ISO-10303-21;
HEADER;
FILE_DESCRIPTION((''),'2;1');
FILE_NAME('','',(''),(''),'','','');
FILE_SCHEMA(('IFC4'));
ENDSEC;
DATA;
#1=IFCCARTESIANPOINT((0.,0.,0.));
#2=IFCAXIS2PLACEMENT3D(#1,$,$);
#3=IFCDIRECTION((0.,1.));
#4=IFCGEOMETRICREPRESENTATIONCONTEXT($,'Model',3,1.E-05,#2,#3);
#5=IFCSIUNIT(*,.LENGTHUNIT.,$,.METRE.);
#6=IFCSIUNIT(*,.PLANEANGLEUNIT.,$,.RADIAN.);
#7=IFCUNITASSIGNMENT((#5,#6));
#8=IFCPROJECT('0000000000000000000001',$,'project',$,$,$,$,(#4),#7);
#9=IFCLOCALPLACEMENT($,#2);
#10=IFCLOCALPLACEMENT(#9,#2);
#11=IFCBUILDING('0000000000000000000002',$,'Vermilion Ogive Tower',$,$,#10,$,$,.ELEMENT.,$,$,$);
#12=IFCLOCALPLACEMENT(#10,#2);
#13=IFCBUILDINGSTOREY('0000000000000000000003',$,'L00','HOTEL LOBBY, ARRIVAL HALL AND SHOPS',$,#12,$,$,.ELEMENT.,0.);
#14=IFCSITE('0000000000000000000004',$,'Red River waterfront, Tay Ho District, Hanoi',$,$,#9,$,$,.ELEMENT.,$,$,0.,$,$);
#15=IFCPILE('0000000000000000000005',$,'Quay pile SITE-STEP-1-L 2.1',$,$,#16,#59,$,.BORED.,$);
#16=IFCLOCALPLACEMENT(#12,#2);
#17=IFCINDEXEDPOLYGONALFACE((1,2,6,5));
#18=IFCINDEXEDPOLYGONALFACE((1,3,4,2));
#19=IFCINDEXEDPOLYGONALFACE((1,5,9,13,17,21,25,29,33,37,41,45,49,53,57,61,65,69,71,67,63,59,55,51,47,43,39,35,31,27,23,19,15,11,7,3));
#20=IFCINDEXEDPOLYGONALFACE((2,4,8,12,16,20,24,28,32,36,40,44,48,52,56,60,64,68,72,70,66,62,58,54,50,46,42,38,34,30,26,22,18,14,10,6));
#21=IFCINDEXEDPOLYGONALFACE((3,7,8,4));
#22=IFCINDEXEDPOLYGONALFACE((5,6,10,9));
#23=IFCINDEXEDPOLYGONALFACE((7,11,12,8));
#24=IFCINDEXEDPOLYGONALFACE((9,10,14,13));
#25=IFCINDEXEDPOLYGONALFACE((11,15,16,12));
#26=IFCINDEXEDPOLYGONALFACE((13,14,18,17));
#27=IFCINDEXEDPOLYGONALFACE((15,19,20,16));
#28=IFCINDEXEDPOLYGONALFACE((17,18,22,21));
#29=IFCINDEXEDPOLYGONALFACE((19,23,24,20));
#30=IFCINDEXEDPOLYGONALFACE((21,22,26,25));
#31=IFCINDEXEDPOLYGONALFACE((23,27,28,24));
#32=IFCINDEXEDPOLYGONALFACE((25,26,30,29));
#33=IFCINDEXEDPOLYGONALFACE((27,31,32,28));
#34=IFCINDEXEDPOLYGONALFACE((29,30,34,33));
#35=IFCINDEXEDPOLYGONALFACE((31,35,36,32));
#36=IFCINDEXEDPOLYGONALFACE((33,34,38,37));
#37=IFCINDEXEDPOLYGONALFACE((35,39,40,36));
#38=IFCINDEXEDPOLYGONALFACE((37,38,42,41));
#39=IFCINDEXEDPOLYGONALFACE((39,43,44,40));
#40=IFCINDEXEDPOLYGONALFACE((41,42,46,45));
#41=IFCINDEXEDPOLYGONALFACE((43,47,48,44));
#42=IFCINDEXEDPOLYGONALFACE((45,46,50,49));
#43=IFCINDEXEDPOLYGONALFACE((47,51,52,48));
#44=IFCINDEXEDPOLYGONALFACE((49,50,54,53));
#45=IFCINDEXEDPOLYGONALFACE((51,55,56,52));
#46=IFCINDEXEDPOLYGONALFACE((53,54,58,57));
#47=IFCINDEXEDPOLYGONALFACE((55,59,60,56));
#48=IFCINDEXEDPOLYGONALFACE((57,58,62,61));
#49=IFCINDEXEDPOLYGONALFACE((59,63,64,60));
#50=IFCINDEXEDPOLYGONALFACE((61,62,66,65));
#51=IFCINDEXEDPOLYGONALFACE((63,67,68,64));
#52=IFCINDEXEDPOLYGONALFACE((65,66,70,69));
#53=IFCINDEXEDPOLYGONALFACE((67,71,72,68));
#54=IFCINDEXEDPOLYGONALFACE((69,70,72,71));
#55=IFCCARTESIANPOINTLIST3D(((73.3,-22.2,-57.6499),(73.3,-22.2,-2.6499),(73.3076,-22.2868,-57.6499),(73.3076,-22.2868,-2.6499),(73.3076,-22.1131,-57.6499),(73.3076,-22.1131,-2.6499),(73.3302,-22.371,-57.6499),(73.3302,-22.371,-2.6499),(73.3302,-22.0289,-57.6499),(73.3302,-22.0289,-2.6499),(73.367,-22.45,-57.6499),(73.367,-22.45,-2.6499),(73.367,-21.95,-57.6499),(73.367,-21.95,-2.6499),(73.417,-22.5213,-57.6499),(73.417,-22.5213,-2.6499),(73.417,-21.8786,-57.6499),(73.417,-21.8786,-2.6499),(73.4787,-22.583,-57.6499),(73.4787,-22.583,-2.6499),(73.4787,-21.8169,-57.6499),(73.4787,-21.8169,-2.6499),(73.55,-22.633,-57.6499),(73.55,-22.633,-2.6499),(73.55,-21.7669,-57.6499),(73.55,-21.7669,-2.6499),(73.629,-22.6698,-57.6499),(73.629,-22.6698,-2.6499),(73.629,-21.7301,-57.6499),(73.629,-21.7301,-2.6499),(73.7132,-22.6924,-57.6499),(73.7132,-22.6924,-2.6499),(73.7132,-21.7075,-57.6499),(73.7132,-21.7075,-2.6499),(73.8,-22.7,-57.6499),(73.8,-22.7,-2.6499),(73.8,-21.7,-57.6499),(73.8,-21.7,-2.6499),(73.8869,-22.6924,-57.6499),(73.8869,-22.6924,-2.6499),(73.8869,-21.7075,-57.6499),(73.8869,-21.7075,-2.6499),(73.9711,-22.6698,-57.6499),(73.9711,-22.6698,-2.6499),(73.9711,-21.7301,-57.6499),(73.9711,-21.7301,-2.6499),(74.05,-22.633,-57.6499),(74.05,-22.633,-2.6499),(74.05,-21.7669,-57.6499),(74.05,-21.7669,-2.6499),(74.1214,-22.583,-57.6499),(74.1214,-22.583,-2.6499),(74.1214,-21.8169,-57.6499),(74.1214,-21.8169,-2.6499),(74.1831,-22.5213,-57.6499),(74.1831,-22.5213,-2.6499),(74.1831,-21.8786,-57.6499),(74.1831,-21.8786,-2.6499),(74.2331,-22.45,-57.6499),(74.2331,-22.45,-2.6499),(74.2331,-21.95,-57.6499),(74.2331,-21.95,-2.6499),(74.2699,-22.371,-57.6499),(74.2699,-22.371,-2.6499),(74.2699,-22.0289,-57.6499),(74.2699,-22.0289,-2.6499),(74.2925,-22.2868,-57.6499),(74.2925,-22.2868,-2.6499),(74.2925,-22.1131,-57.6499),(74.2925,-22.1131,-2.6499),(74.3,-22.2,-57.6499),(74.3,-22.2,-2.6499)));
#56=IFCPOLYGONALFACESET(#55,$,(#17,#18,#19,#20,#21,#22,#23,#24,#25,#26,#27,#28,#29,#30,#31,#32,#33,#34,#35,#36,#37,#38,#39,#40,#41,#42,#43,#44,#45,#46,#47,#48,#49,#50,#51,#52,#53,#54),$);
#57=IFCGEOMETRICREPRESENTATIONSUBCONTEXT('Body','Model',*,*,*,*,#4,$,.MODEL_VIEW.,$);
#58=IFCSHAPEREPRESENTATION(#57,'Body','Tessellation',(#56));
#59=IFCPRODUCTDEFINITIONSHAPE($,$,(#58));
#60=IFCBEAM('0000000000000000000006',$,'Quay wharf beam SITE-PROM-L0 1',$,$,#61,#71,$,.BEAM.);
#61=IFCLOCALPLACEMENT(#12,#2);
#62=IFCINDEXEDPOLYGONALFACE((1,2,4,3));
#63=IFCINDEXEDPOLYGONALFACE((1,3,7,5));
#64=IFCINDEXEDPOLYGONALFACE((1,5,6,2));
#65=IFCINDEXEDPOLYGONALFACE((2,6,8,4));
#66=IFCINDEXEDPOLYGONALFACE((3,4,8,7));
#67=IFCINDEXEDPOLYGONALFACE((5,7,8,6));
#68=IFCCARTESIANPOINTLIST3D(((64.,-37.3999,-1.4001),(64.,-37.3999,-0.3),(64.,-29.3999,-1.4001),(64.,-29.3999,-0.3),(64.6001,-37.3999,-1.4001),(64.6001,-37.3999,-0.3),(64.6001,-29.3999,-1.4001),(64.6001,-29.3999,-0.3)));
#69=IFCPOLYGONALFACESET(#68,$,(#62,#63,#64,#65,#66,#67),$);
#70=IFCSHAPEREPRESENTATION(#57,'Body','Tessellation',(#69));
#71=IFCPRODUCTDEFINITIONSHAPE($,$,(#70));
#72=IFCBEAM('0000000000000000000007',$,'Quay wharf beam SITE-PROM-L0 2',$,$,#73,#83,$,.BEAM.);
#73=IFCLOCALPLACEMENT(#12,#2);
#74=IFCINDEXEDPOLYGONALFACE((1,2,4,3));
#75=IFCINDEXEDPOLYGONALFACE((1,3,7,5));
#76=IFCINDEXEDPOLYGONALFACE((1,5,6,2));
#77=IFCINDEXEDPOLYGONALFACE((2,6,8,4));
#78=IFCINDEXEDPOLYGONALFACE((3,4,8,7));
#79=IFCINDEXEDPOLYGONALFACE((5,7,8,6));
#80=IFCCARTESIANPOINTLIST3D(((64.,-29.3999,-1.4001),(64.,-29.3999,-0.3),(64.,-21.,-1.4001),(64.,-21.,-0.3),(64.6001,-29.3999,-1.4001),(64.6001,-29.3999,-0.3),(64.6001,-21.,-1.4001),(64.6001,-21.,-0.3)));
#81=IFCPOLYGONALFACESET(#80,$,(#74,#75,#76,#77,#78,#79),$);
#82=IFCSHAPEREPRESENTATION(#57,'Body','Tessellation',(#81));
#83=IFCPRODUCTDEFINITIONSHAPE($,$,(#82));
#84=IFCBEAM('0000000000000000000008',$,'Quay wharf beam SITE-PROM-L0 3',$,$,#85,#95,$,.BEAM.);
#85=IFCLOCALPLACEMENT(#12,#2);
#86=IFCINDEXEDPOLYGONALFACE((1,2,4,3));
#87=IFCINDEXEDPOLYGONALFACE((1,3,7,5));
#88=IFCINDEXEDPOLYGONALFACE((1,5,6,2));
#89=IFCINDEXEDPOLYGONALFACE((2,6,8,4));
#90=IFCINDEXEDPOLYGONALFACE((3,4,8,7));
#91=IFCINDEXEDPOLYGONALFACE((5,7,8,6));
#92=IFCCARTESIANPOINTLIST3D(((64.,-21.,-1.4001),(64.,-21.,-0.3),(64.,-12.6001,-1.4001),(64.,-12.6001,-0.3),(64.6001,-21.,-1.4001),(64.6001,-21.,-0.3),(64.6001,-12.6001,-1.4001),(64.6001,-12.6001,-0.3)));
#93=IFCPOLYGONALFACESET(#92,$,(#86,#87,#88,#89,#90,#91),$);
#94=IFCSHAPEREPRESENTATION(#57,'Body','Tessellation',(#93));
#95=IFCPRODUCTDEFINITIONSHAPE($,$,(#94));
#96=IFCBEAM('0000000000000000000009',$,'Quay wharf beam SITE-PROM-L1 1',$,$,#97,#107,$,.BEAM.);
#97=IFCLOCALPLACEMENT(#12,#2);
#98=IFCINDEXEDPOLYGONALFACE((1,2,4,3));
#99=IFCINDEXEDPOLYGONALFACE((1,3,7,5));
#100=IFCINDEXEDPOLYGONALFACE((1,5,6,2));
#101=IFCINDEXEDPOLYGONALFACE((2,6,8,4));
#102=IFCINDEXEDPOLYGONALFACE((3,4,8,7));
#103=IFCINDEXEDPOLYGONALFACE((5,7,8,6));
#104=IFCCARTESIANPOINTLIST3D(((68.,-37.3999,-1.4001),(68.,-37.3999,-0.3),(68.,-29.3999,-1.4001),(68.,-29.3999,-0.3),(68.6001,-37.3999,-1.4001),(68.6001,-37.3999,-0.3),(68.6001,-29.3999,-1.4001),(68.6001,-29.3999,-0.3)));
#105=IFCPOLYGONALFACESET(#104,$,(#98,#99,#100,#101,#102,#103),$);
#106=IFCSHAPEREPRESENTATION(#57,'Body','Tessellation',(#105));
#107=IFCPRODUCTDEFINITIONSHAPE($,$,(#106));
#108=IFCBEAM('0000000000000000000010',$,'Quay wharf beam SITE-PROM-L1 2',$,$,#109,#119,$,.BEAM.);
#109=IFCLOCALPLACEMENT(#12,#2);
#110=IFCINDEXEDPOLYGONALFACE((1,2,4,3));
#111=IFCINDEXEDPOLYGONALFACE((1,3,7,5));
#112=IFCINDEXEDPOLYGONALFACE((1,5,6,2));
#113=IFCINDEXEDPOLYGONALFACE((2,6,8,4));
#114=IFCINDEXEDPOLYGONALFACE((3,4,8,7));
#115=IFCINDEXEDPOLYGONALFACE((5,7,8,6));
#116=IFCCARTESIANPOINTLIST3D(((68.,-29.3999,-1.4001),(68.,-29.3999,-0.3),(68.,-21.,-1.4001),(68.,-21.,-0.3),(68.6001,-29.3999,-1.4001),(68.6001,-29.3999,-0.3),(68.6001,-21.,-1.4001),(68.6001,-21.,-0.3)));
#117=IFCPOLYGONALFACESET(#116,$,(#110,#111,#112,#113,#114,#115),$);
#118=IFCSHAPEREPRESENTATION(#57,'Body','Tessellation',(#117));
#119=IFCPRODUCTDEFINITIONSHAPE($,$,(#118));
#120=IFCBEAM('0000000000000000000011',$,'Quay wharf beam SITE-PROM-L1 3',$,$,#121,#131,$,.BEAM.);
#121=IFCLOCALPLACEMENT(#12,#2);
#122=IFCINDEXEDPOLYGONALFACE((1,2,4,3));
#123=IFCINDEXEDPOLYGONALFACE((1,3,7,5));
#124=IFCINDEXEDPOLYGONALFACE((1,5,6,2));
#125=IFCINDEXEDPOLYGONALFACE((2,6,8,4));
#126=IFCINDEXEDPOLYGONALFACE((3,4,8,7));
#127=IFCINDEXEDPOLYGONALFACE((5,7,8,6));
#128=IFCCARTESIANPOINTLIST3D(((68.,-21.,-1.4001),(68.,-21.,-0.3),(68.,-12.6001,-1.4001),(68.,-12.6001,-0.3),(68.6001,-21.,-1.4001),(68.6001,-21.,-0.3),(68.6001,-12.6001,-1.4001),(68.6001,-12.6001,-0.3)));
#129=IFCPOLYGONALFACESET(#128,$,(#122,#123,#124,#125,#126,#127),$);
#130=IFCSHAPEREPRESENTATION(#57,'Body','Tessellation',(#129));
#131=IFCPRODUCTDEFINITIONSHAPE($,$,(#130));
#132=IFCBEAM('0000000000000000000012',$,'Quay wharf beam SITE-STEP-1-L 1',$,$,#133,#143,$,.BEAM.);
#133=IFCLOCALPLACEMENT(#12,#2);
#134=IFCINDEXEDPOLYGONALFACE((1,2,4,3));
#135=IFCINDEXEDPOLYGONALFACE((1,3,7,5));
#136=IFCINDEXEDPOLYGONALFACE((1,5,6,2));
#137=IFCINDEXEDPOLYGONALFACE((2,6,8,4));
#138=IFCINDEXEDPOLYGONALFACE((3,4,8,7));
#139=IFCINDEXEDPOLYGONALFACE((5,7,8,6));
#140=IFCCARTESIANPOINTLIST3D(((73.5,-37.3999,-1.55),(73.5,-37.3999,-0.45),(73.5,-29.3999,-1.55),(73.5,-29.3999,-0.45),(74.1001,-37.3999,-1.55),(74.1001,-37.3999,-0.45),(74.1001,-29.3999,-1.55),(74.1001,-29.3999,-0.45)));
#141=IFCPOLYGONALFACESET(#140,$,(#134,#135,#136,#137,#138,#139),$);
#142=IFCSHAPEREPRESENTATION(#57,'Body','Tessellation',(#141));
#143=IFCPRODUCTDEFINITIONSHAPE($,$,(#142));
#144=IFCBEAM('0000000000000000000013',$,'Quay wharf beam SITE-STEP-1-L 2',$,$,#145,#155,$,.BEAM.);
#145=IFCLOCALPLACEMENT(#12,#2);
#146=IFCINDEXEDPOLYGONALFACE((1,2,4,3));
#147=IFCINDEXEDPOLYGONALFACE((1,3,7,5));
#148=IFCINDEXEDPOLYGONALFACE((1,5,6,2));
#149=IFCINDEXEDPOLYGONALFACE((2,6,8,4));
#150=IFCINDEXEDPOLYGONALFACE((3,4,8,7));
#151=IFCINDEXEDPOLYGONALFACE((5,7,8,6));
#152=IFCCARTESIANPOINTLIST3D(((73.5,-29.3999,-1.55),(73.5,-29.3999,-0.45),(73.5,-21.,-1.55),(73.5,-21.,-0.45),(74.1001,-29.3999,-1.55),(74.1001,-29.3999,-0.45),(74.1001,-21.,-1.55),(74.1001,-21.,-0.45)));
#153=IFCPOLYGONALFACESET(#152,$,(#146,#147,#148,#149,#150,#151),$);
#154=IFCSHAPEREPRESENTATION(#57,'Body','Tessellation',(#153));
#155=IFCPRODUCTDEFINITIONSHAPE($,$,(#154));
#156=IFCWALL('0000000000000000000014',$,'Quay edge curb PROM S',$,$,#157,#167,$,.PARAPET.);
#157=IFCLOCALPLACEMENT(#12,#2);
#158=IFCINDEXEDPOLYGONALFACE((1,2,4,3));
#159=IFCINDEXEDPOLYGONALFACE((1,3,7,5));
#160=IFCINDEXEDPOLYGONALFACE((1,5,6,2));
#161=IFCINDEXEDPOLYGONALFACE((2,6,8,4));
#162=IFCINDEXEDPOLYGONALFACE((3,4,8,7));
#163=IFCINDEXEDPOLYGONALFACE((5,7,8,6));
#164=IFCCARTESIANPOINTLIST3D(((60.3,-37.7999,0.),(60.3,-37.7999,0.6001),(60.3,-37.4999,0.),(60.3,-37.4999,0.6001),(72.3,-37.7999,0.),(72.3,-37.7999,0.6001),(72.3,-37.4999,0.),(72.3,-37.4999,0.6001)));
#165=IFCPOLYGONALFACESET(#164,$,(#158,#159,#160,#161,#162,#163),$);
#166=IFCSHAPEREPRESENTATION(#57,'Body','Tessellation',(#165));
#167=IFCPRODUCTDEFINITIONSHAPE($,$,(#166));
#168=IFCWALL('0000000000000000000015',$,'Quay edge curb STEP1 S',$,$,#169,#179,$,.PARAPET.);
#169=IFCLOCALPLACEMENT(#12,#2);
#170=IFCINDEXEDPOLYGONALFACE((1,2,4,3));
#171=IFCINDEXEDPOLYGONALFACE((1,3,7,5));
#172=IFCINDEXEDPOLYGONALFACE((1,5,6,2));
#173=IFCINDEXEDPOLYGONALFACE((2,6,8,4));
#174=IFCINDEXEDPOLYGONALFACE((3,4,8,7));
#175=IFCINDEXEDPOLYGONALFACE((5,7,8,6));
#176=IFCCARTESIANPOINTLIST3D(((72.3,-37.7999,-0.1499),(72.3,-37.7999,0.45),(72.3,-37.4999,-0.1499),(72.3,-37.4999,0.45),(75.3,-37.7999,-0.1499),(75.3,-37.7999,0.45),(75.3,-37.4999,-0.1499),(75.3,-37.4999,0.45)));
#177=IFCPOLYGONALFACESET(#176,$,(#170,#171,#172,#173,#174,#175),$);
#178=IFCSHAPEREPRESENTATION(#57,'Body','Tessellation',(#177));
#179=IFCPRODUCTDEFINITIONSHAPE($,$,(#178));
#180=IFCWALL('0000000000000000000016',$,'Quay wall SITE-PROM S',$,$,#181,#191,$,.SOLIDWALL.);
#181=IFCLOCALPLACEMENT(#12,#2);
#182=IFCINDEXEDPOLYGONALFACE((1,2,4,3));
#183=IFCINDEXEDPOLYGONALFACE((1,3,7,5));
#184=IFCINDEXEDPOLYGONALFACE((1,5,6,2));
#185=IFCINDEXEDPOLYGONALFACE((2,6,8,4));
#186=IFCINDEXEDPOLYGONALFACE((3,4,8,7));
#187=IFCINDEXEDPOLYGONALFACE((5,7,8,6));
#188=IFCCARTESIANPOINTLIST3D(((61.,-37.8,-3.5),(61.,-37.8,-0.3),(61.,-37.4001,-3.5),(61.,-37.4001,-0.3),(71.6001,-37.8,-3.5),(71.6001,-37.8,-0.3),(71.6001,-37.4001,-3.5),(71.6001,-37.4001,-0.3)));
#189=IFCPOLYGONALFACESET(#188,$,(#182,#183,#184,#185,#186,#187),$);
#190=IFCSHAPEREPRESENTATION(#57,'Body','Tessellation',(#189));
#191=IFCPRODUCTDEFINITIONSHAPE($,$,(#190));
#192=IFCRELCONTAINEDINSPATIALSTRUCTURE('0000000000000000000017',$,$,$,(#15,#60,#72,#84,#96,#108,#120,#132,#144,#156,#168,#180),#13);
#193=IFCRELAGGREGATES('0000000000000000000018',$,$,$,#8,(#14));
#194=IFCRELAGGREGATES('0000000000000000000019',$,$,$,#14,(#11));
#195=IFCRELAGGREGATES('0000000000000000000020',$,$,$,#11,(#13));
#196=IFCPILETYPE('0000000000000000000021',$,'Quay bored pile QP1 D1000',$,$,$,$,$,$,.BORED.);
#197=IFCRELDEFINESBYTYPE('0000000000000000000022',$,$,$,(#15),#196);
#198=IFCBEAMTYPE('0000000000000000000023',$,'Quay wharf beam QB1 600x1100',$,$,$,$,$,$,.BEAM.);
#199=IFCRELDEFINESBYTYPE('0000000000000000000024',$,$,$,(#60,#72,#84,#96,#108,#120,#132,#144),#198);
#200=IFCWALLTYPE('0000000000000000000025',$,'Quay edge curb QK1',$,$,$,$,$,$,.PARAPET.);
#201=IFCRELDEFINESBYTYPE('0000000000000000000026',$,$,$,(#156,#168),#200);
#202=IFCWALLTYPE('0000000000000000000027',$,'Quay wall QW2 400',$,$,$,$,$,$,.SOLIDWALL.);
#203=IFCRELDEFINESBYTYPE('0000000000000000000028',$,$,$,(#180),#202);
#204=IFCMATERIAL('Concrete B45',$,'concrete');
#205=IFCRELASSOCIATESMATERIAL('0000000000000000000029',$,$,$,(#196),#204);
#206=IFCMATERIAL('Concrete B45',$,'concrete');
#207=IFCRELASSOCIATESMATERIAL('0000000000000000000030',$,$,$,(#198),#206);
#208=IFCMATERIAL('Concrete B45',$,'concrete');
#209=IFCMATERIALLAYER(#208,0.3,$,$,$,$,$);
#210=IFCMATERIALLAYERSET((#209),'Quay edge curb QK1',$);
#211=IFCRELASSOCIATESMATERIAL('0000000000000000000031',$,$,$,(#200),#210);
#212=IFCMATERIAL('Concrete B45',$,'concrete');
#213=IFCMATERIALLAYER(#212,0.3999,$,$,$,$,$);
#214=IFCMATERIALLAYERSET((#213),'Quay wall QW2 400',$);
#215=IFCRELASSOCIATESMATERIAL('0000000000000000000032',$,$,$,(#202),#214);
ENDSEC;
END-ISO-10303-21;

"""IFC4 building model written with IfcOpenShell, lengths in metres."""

from ifc_helpers import new_model, si_unit, direction, frame, frame_2d, origin, origin_2d, place, context, subcontext, project, spatial, rectangle, circle, extrude, material, layer, layer_set, material_profile, profile_set, type_object, element, save


model = new_model("IFC4")

# Units and contexts
model_context = context("Model", 3, precision=1e-05, world=origin(), true_north=direction((0.0, 1.0)))
body_context = subcontext(model_context, "Body", "Model", "MODEL_VIEW")
ifc_project = project(units=[si_unit("LENGTHUNIT", "METRE"), si_unit("PLANEANGLEUNIT", "RADIAN")], contexts=[model_context])

# Site, building, storey
site_placement = place(None, origin())
site = spatial("IfcSite", under=ifc_project, at=site_placement, Name="Red River waterfront, Tay Ho District, Hanoi", CompositionType="ELEMENT", RefElevation=0.0)
building_placement = place(site_placement, origin())
building = spatial("IfcBuilding", under=site, at=building_placement, Name="Vermilion Ogive Tower", CompositionType="ELEMENT")
storey_placement = place(building_placement, origin())
storey = spatial("IfcBuildingStorey", under=building, at=storey_placement, Name="L00", Description="HOTEL LOBBY, ARRIVAL HALL AND SHOPS", CompositionType="ELEMENT", Elevation=0.0)

# Pile
ifc_material_1 = material(Name="Concrete B45", Category="concrete")
pile_type = type_object("IfcPileType", Name="Quay bored pile QP1 D1000", PredefinedType="BORED", material=ifc_material_1)
for number, where, z_axis, x_axis, name in (
    (1, (73.8, -22.2, -2.6499), (0.0, 0.0, -1.0), (1.0, 0.0, 0.0), "Quay pile SITE-STEP-1-L 2.1"),
):
    element("IfcPile", number, at=place(storey_placement, frame(where, z_axis=z_axis, x_axis=x_axis)), inside=storey, type_object=pile_type, Name=name, PredefinedType="BORED", context=body_context, shape_type="SweptSolid", body=[
        extrude(circle(Radius=0.5, at=origin_2d()), origin(), (0.0, 0.0, 1.0), 55.0),
    ])

# Beams
ifc_material_2 = material(Name="Concrete B45", Category="concrete")
ifc_material_profile = material_profile(ifc_material_2, rectangle(XDim=0.6001, YDim=1.1001, at=origin_2d()), Name="RC 600x1100")
ifc_profile_set = profile_set([ifc_material_profile], Name="Concrete B45")
beam_type = type_object("IfcBeamType", Name="Quay wharf beam QB1 600x1100", PredefinedType="BEAM", material=ifc_profile_set)
beam_1_placement = place(storey_placement, frame((64.3, -37.3999, -0.8501), z_axis=(0.0, 1.0, 0.0), x_axis=(-1.0, 0.0, 0.0)))
element("IfcBeam", 2, at=beam_1_placement, inside=storey, type_object=beam_type, Name="Quay wharf beam SITE-PROM-L0 1", PredefinedType="BEAM", context=body_context, shape_type="SweptSolid", body=[
    extrude(rectangle(XDim=0.6001, YDim=1.1001, at=origin_2d()), origin(), (0.0, 0.0, 1.0), 8.0),
])
for number, where, z_axis, x_axis, name in (
    (3, (64.3, -29.3999, -0.8501), (0.0, 1.0, 0.0), (-1.0, 0.0, 0.0), "Quay wharf beam SITE-PROM-L0 2"),
    (4, (64.3, -21.0, -0.8501), (0.0, 1.0, 0.0), (-1.0, 0.0, 0.0), "Quay wharf beam SITE-PROM-L0 3"),
):
    element("IfcBeam", number, at=place(storey_placement, frame(where, z_axis=z_axis, x_axis=x_axis)), inside=storey, type_object=beam_type, Name=name, PredefinedType="BEAM", context=body_context, shape_type="SweptSolid", body=[
        extrude(rectangle(XDim=0.6001, YDim=1.1001, at=origin_2d()), origin(), (0.0, 0.0, 1.0), 8.3999),
    ])
beam_2_placement = place(storey_placement, frame((68.3, -37.3999, -0.8501), z_axis=(0.0, 1.0, 0.0), x_axis=(-1.0, 0.0, 0.0)))
element("IfcBeam", 5, at=beam_2_placement, inside=storey, type_object=beam_type, Name="Quay wharf beam SITE-PROM-L1 1", PredefinedType="BEAM", context=body_context, shape_type="SweptSolid", body=[
    extrude(rectangle(XDim=0.6001, YDim=1.1001, at=origin_2d()), origin(), (0.0, 0.0, 1.0), 8.0),
])
for number, where, z_axis, x_axis, name in (
    (6, (68.3, -29.3999, -0.8501), (0.0, 1.0, 0.0), (-1.0, 0.0, 0.0), "Quay wharf beam SITE-PROM-L1 2"),
    (7, (68.3, -21.0, -0.8501), (0.0, 1.0, 0.0), (-1.0, 0.0, 0.0), "Quay wharf beam SITE-PROM-L1 3"),
):
    element("IfcBeam", number, at=place(storey_placement, frame(where, z_axis=z_axis, x_axis=x_axis)), inside=storey, type_object=beam_type, Name=name, PredefinedType="BEAM", context=body_context, shape_type="SweptSolid", body=[
        extrude(rectangle(XDim=0.6001, YDim=1.1001, at=origin_2d()), origin(), (0.0, 0.0, 1.0), 8.3999),
    ])
beam_3_placement = place(storey_placement, frame((73.8, -37.3999, -1.0), z_axis=(0.0, 1.0, 0.0), x_axis=(-1.0, 0.0, 0.0)))
element("IfcBeam", 8, at=beam_3_placement, inside=storey, type_object=beam_type, Name="Quay wharf beam SITE-STEP-1-L 1", PredefinedType="BEAM", context=body_context, shape_type="SweptSolid", body=[
    extrude(rectangle(XDim=0.6001, YDim=1.1001, at=origin_2d()), origin(), (0.0, 0.0, 1.0), 8.0),
])
beam_4_placement = place(storey_placement, frame((73.8, -29.3999, -1.0), z_axis=(0.0, 1.0, 0.0), x_axis=(-1.0, 0.0, 0.0)))
element("IfcBeam", 9, at=beam_4_placement, inside=storey, type_object=beam_type, Name="Quay wharf beam SITE-STEP-1-L 2", PredefinedType="BEAM", context=body_context, shape_type="SweptSolid", body=[
    extrude(rectangle(XDim=0.6001, YDim=1.1001, at=origin_2d()), origin(), (0.0, 0.0, 1.0), 8.3999),
])

# Walls
ifc_material_3 = material(Name="Concrete B45", Category="concrete")
ifc_layer_1 = layer(ifc_material_3, 0.3)
ifc_layer_set_1 = layer_set([ifc_layer_1], Name="Quay edge curb QK1")
wall_type_1 = type_object("IfcWallType", Name="Quay edge curb QK1", PredefinedType="PARAPET", material=ifc_layer_set_1)
wall_1_placement = place(storey_placement, frame((60.3, -37.6499, 0.0), z_axis=(0.0, 0.0, 1.0), x_axis=(1.0, 0.0, 0.0)))
element("IfcWall", 10, at=wall_1_placement, inside=storey, type_object=wall_type_1, Name="Quay edge curb PROM S", PredefinedType="PARAPET", context=body_context, shape_type="SweptSolid", body=[
    extrude(rectangle(XDim=12.0, YDim=0.3, at=frame_2d((6.0, 0.0))), origin(), (0.0, 0.0, 1.0), 0.6001),
])
wall_2_placement = place(storey_placement, frame((72.3, -37.6499, -0.1499), z_axis=(0.0, 0.0, 1.0), x_axis=(1.0, 0.0, 0.0)))
element("IfcWall", 11, at=wall_2_placement, inside=storey, type_object=wall_type_1, Name="Quay edge curb STEP1 S", PredefinedType="PARAPET", context=body_context, shape_type="SweptSolid", body=[
    extrude(rectangle(XDim=3.0, YDim=0.3, at=frame_2d((1.5, 0.0))), origin(), (0.0, 0.0, 1.0), 0.5999),
])
ifc_material_4 = material(Name="Concrete B45", Category="concrete")
ifc_layer_2 = layer(ifc_material_4, 0.3999)
ifc_layer_set_2 = layer_set([ifc_layer_2], Name="Quay wall QW2 400")
wall_type_2 = type_object("IfcWallType", Name="Quay wall QW2 400", PredefinedType="SOLIDWALL", material=ifc_layer_set_2)
wall_3_placement = place(storey_placement, frame((61.0, -37.6001, -3.5), z_axis=(0.0, 0.0, 1.0), x_axis=(1.0, 0.0, 0.0)))
element("IfcWall", 12, at=wall_3_placement, inside=storey, type_object=wall_type_2, Name="Quay wall SITE-PROM S", PredefinedType="SOLIDWALL", context=body_context, shape_type="SweptSolid", body=[
    extrude(rectangle(XDim=10.6001, YDim=0.3999, at=frame_2d((5.3, 0.0))), origin(), (0.0, 0.0, 1.0), 3.2),
])

save(model, "model.ifc")
